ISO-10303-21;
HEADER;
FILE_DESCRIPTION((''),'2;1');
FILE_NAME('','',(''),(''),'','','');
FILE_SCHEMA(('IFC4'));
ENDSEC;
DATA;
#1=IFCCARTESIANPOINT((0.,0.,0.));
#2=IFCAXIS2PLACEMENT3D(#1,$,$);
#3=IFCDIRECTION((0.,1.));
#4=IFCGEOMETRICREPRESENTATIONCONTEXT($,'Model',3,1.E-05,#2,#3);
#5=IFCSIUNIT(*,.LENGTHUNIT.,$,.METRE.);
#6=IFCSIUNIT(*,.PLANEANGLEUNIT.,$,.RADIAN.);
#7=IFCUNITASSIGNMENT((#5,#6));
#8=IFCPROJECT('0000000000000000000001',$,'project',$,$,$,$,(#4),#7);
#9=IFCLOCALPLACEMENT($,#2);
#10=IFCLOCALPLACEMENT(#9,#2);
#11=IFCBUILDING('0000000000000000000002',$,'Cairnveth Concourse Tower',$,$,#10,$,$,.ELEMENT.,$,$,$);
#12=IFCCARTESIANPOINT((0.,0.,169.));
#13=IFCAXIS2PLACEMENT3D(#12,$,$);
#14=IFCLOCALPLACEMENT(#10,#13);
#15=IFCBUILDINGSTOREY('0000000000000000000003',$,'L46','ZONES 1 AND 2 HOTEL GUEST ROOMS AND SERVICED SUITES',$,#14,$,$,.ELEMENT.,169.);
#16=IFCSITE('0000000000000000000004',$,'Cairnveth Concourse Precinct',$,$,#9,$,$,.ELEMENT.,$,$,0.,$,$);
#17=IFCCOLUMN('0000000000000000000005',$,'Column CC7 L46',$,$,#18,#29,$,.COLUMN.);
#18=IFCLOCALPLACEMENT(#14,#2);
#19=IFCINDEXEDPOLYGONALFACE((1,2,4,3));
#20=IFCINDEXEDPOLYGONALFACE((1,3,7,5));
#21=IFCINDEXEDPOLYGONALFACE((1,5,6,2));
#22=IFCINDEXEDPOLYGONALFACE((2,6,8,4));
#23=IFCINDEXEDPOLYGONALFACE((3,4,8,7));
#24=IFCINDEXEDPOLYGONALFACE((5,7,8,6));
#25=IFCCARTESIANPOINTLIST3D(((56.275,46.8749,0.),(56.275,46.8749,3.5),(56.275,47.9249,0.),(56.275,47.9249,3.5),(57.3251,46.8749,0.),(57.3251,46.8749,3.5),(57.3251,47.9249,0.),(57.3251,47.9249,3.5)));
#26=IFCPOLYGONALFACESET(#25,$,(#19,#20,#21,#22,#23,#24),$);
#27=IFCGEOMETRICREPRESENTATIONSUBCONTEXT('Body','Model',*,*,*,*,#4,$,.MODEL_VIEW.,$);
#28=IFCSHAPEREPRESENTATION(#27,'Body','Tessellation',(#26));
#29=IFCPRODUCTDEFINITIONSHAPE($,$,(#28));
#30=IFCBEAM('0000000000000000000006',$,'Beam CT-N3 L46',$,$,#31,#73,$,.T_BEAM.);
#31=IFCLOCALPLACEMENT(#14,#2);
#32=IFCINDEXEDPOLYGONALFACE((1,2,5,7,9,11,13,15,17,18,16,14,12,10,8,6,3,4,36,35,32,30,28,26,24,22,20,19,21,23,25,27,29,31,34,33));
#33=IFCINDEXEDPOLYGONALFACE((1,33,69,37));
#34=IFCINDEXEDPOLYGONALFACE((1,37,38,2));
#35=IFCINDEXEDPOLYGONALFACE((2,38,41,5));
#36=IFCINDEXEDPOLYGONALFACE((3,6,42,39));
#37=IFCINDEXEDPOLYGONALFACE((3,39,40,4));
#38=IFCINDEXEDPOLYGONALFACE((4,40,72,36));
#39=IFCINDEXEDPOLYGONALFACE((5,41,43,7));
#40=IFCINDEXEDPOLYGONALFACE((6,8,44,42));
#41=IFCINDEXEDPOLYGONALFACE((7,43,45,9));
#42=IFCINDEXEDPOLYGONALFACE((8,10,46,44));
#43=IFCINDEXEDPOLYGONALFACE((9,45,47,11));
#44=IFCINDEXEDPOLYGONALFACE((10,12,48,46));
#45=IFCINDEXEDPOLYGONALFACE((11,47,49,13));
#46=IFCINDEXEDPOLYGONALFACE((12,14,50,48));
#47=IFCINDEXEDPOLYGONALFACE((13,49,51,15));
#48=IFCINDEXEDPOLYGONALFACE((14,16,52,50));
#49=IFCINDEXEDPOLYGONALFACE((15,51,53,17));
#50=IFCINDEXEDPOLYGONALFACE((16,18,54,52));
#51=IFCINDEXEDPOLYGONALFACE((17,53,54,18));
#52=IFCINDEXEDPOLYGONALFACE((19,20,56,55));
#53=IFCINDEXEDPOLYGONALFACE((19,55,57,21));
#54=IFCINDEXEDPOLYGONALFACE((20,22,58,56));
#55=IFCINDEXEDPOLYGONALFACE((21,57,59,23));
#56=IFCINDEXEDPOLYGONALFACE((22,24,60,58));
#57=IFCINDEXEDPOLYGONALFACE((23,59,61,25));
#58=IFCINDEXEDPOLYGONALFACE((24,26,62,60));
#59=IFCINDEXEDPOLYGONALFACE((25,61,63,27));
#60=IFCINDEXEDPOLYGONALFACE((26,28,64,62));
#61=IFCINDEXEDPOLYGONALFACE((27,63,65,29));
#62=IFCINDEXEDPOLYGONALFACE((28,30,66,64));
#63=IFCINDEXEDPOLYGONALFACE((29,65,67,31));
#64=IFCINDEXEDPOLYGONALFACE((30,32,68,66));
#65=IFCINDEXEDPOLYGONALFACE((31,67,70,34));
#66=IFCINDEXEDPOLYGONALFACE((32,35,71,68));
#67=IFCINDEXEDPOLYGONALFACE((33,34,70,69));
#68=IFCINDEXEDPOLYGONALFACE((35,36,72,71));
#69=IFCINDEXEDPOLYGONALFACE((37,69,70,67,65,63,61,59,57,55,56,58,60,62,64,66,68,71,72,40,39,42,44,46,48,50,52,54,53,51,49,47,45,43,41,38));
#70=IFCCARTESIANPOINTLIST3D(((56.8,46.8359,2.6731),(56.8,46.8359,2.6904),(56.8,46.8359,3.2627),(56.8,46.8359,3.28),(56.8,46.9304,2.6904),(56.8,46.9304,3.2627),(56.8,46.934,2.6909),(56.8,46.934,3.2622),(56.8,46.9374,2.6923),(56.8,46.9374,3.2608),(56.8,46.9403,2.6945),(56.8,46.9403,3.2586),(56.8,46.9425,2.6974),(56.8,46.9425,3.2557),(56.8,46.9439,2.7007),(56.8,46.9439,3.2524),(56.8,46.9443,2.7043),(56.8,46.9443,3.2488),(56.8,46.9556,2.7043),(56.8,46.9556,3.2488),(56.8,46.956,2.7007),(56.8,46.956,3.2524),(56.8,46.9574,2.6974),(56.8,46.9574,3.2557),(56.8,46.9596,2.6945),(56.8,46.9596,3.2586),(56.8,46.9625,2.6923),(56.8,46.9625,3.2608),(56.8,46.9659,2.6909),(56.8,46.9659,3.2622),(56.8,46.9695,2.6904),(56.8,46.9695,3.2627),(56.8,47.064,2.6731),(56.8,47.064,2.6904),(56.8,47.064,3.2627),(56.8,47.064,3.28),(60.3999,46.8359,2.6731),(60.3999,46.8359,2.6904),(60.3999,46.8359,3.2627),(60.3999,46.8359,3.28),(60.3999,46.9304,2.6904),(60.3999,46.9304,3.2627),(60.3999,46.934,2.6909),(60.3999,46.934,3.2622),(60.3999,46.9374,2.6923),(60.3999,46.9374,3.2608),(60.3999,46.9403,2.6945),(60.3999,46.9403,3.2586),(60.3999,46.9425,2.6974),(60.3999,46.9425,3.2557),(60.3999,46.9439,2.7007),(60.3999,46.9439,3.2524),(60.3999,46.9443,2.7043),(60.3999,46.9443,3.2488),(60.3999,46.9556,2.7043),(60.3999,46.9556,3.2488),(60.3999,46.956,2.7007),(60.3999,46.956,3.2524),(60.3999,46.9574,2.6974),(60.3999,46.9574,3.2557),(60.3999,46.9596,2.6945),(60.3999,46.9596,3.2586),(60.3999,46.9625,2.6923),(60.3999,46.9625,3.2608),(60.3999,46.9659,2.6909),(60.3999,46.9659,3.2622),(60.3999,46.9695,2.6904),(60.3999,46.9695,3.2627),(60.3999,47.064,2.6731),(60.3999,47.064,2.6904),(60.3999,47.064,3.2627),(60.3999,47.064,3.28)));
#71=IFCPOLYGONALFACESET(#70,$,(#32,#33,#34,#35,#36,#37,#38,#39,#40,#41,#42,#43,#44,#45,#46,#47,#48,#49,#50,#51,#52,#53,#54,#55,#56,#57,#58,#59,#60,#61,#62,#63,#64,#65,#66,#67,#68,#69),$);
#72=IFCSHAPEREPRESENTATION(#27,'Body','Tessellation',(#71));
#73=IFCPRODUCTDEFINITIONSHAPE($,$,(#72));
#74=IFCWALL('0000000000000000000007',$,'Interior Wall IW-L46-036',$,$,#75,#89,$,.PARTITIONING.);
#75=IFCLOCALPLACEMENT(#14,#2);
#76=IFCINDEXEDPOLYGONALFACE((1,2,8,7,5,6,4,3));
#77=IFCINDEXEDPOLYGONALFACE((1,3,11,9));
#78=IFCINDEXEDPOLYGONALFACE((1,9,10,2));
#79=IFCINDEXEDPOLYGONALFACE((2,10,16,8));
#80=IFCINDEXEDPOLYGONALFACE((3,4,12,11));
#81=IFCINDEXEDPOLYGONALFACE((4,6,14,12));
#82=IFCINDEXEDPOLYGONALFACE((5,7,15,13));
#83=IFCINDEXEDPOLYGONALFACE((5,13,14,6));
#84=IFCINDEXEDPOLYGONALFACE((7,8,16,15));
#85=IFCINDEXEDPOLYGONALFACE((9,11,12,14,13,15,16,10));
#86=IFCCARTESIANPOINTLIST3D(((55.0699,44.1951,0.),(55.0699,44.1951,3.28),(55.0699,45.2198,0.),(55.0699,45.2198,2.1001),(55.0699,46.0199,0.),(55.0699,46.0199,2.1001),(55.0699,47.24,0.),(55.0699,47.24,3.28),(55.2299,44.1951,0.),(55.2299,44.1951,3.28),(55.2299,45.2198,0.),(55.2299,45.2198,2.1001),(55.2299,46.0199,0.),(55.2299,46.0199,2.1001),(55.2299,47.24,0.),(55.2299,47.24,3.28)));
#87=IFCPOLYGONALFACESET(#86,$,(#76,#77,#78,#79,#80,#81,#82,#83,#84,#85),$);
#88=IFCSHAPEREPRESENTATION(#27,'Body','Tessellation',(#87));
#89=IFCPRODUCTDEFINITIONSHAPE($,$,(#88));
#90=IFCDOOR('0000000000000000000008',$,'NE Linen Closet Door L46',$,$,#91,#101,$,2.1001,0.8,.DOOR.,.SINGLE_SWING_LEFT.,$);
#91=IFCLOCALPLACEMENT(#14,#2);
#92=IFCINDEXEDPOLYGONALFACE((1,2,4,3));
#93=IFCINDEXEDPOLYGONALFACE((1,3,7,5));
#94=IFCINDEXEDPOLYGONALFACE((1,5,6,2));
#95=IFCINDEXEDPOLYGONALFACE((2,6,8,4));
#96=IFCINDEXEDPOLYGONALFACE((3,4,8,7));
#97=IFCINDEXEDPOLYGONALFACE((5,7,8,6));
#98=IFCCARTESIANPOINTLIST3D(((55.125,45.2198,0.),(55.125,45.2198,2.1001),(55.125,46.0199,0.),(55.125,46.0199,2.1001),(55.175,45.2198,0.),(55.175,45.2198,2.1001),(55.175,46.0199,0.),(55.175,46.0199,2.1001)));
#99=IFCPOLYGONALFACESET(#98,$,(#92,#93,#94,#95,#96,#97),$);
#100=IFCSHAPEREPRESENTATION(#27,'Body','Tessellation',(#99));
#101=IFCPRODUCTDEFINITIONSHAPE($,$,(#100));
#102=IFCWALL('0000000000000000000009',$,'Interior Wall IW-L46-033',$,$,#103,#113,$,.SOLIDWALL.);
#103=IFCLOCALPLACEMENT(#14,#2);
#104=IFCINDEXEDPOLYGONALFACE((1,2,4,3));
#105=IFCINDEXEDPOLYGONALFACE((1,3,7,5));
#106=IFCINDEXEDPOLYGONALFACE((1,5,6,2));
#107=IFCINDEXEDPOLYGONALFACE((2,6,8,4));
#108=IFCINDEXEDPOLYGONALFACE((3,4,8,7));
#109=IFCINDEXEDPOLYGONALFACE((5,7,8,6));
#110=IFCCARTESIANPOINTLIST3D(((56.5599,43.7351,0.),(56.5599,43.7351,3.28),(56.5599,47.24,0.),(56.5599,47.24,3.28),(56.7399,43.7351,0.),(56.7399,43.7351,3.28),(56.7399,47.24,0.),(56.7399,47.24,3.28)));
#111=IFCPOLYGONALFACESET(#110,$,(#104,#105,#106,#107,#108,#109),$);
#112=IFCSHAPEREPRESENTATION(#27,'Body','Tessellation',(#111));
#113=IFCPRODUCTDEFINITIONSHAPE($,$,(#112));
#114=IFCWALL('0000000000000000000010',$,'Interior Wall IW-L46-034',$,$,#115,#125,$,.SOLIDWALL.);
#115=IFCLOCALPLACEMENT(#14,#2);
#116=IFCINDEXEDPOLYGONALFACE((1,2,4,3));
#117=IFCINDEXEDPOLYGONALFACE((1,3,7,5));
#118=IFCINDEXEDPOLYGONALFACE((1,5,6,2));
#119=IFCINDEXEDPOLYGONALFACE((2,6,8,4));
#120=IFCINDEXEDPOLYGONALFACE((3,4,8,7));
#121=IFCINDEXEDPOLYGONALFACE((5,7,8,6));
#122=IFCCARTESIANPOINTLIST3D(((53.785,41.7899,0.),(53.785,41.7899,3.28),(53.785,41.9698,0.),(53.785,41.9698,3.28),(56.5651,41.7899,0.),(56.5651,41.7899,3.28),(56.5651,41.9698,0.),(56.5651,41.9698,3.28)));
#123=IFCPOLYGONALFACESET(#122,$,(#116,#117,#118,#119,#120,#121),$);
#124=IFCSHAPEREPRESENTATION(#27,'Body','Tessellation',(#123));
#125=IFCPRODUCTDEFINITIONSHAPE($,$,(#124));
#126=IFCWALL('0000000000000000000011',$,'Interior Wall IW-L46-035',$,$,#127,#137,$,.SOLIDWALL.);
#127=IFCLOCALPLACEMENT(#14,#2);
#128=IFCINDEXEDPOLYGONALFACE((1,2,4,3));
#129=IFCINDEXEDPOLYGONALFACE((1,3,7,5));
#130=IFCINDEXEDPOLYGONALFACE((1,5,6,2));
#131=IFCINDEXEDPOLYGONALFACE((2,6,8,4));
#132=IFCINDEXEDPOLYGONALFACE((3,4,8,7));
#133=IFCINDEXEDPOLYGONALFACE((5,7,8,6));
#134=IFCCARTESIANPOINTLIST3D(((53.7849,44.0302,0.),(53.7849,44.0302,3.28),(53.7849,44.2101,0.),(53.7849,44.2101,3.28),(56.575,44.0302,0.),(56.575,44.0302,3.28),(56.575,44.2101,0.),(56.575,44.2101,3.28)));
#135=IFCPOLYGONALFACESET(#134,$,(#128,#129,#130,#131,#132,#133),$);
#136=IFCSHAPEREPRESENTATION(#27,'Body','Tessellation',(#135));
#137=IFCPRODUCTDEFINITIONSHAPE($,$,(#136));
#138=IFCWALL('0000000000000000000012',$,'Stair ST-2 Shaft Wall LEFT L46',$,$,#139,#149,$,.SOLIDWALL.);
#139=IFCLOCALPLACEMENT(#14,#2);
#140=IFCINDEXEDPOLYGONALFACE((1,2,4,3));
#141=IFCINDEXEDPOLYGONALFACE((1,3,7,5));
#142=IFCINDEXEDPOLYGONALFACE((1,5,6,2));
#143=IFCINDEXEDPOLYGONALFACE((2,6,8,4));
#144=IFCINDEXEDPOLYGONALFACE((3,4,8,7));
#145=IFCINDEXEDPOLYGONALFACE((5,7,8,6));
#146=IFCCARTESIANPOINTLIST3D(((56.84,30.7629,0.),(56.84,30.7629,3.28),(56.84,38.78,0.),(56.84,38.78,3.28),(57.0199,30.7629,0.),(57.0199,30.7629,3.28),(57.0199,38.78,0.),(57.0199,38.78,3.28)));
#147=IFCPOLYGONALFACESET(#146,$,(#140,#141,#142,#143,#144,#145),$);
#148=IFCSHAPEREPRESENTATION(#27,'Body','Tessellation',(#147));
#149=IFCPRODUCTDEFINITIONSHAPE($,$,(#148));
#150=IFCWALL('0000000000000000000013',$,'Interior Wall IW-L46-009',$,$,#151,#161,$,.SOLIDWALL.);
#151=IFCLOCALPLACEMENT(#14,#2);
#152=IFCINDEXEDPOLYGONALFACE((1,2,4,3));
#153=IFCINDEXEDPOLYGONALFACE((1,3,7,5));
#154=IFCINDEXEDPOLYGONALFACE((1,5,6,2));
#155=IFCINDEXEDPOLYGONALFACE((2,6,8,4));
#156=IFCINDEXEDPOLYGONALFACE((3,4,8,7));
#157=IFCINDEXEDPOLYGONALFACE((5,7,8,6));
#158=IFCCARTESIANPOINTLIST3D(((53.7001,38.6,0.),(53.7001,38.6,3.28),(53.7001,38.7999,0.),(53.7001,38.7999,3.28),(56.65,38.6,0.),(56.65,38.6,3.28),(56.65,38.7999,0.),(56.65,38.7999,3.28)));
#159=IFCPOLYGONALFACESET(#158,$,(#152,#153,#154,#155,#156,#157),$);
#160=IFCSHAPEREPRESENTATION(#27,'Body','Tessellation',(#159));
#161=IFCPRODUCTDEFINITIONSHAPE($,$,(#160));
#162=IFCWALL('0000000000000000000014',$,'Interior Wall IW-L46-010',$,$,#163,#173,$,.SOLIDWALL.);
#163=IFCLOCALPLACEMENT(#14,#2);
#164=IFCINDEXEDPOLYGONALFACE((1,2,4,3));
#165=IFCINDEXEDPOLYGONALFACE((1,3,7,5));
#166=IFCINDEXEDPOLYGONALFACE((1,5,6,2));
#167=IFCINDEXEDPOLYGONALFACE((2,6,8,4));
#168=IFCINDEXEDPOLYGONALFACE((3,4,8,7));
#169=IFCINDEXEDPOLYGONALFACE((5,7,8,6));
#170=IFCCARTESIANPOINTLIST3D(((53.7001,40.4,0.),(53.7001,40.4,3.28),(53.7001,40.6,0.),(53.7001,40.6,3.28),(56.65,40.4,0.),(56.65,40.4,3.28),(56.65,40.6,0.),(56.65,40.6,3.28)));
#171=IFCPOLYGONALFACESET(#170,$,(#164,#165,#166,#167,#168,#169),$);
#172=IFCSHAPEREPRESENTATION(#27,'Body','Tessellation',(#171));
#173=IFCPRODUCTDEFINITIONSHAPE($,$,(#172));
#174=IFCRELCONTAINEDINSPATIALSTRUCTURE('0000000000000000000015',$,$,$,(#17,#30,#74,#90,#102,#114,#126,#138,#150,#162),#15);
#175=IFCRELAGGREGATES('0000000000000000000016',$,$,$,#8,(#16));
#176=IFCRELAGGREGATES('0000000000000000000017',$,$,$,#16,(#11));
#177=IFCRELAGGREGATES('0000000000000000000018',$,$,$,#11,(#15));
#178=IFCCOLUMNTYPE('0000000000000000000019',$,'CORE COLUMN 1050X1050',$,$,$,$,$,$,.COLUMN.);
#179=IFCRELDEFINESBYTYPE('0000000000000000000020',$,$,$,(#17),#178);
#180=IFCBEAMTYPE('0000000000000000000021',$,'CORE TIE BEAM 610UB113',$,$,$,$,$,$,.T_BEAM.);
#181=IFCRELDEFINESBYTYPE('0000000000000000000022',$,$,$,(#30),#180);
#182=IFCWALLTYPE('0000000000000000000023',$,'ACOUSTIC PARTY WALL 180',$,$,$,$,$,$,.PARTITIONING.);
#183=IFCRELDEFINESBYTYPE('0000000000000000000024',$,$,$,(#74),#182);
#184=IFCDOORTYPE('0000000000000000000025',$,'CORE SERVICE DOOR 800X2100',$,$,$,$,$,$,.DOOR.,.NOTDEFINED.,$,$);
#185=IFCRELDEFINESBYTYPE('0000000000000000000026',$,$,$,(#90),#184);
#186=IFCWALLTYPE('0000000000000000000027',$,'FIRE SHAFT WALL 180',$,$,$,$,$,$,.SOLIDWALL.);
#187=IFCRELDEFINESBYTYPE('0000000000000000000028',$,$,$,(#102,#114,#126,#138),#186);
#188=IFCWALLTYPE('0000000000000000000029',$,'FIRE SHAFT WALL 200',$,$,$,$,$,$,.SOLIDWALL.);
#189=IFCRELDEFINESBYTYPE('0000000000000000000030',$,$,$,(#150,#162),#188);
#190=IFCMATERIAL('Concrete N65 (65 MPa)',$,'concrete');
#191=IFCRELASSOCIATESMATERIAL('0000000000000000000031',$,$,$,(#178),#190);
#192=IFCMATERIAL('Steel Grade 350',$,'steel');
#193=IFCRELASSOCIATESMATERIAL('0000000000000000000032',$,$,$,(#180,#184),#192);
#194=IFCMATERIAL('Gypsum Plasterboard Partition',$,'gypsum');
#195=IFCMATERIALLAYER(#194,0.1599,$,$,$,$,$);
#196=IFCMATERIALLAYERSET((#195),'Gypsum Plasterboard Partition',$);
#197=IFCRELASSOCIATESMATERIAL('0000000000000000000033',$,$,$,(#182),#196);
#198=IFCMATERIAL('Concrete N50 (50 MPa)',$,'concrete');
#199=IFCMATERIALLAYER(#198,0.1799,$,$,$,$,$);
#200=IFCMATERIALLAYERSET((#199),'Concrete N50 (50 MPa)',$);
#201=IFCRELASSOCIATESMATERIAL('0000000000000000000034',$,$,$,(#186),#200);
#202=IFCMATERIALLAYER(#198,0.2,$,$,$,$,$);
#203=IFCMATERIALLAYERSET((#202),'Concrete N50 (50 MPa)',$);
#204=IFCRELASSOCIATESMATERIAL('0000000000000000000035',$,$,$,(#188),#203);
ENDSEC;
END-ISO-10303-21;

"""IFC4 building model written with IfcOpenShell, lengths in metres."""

from ifc_helpers import new_model, si_unit, direction, frame, frame_2d, origin, origin_2d, place, context, subcontext, project, spatial, rectangle, i_section, extrude, material, layer, layer_set, material_profile, profile_set, type_object, element, fill, save


model = new_model("IFC4")

# Units and contexts
model_context = context("Model", 3, precision=1e-05, world=origin(), true_north=direction((0.0, 1.0)))
body_context = subcontext(model_context, "Body", "Model", "MODEL_VIEW")
ifc_project = project(units=[si_unit("LENGTHUNIT", "METRE"), si_unit("PLANEANGLEUNIT", "RADIAN")], contexts=[model_context])

# Site, building, storey
site_placement = place(None, origin())
site = spatial("IfcSite", under=ifc_project, at=site_placement, Name="Cairnveth Concourse Precinct", CompositionType="ELEMENT", RefElevation=0.0)
building_placement = place(site_placement, origin())
building = spatial("IfcBuilding", under=site, at=building_placement, Name="Cairnveth Concourse Tower", CompositionType="ELEMENT")
storey_placement = place(building_placement, frame((0.0, 0.0, 169.0)))
storey = spatial("IfcBuildingStorey", under=building, at=storey_placement, Name="L46", Description="ZONES 1 AND 2 HOTEL GUEST ROOMS AND SERVICED SUITES", CompositionType="ELEMENT", Elevation=169.0)

# Column
ifc_material_1 = material(Name="Concrete N65 (65 MPa)", Category="concrete")
ifc_material_profile_1 = material_profile(ifc_material_1, rectangle(XDim=1.05, YDim=1.05, at=origin_2d()), Name="RC-COL-1050x1050")
ifc_profile_set_1 = profile_set([ifc_material_profile_1], Name="Concrete N65 (65 MPa)")
column_type = type_object("IfcColumnType", Name="CORE COLUMN 1050X1050", PredefinedType="COLUMN", material=ifc_profile_set_1)
column_placement = place(storey_placement, frame((56.8, 47.3999, 0.0), z_axis=(0.0, 0.0, 1.0), x_axis=(1.0, 0.0, 0.0)))
element("IfcColumn", 1, at=column_placement, inside=storey, type_object=column_type, Name="Column CC7 L46", PredefinedType="COLUMN", context=body_context, shape_type="SweptSolid", body=[
    extrude(rectangle(XDim=1.05, YDim=1.05, at=origin_2d()), origin(), (0.0, 0.0, 1.0), 3.5),
])

# Beam
ifc_material_2 = material(Name="Steel Grade 350", Category="steel")
ifc_material_profile_2 = material_profile(ifc_material_2, i_section(OverallWidth=0.228, OverallDepth=0.6069, WebThickness=0.0112, FlangeThickness=0.0173, FilletRadius=0.0139, at=origin_2d()), Name="610UB113")
ifc_profile_set_2 = profile_set([ifc_material_profile_2], Name="Steel Grade 350")
beam_type = type_object("IfcBeamType", Name="CORE TIE BEAM 610UB113", PredefinedType="T_BEAM", material=ifc_profile_set_2)
beam_placement = place(storey_placement, frame((56.8, 46.95, 2.9766), z_axis=(1.0, 0.0, 0.0), x_axis=(0.0, 1.0, 0.0)))
element("IfcBeam", 2, at=beam_placement, inside=storey, type_object=beam_type, Name="Beam CT-N3 L46", PredefinedType="T_BEAM", context=body_context, shape_type="SweptSolid", body=[
    extrude(i_section(OverallWidth=0.228, OverallDepth=0.6069, WebThickness=0.0112, FlangeThickness=0.0173, FilletRadius=0.0139, at=origin_2d()), origin(), (0.0, 0.0, 1.0), 3.5999),
])

# Wall, opening, door
ifc_material_3 = material(Name="Gypsum Plasterboard Partition", Category="gypsum")
ifc_layer_1 = layer(ifc_material_3, 0.1599)
ifc_layer_set_1 = layer_set([ifc_layer_1], Name="Gypsum Plasterboard Partition")
wall_type_1 = type_object("IfcWallType", Name="ACOUSTIC PARTY WALL 180", PredefinedType="PARTITIONING", material=ifc_layer_set_1)
wall_1_placement = place(storey_placement, frame((55.1499, 44.1951, 0.0), z_axis=(0.0, 0.0, 1.0), x_axis=(0.0, 1.0, 0.0)))
wall_1 = element("IfcWall", 3, at=wall_1_placement, inside=storey, type_object=wall_type_1, Name="Interior Wall IW-L46-036", PredefinedType="PARTITIONING", context=body_context, shape_type="SweptSolid", body=[
    extrude(rectangle(XDim=3.0449, YDim=0.1599, at=frame_2d((1.5225, 0.0))), origin(), (0.0, 0.0, 1.0), 3.28),
])
opening_1_placement = place(wall_1_placement, frame((1.0249, 0.0, 0.0)))
opening_1 = element("IfcOpeningElement", 4, at=opening_1_placement, cuts=wall_1, PredefinedType="OPENING", context=body_context, shape_type="SweptSolid", body=[
    extrude(rectangle(XDim=0.8, YDim=2.1001, at=frame_2d((0.3999, 1.05))), frame((0.0, 0.0898, 0.0), z_axis=(0.0, -1.0, 0.0), x_axis=(1.0, 0.0, 0.0)), (0.0, 0.0, 1.0), 0.1799),
])
door_type_1 = type_object("IfcDoorType", Name="CORE SERVICE DOOR 800X2100", OperationType="NOTDEFINED", PredefinedType="DOOR", material=ifc_material_2)
door_1_placement = place(opening_1_placement, origin())
door_1 = element("IfcDoor", 5, at=door_1_placement, inside=storey, type_object=door_type_1, Name="NE Linen Closet Door L46", OperationType="SINGLE_SWING_LEFT", OverallHeight=2.1001, OverallWidth=0.8, PredefinedType="DOOR", context=body_context, shape_type="SweptSolid", body=[
    extrude(rectangle(XDim=0.8, YDim=2.1001, at=frame_2d((0.3999, 1.05))), frame((0.0, 0.0249, 0.0), z_axis=(0.0, -1.0, 0.0), x_axis=(1.0, 0.0, 0.0)), (0.0, 0.0, 1.0), 0.05),
])
fill(opening_1, door_1)

# Walls
ifc_material_4 = material(Name="Concrete N50 (50 MPa)", Category="concrete")
ifc_layer_2 = layer(ifc_material_4, 0.1799)
ifc_layer_set_2 = layer_set([ifc_layer_2], Name="Concrete N50 (50 MPa)")
wall_type_2 = type_object("IfcWallType", Name="FIRE SHAFT WALL 180", PredefinedType="SOLIDWALL", material=ifc_layer_set_2)
wall_2_placement = place(storey_placement, frame((56.6499, 43.7351, 0.0), z_axis=(0.0, 0.0, 1.0), x_axis=(0.0, 1.0, 0.0)))
element("IfcWall", 6, at=wall_2_placement, inside=storey, type_object=wall_type_2, Name="Interior Wall IW-L46-033", PredefinedType="SOLIDWALL", context=body_context, shape_type="SweptSolid", body=[
    extrude(rectangle(XDim=3.5049, YDim=0.1799, at=frame_2d((1.7524, 0.0))), origin(), (0.0, 0.0, 1.0), 3.28),
])
wall_3_placement = place(storey_placement, frame((53.7849, 41.8799, 0.0), z_axis=(0.0, 0.0, 1.0), x_axis=(1.0, 0.0, 0.0)))
element("IfcWall", 7, at=wall_3_placement, inside=storey, type_object=wall_type_2, Name="Interior Wall IW-L46-034", PredefinedType="SOLIDWALL", context=body_context, shape_type="SweptSolid", body=[
    extrude(rectangle(XDim=2.78, YDim=0.1799, at=frame_2d((1.3901, 0.0))), origin(), (0.0, 0.0, 1.0), 3.28),
])
wall_4_placement = place(storey_placement, frame((53.7849, 44.1201, 0.0), z_axis=(0.0, 0.0, 1.0), x_axis=(1.0, 0.0, 0.0)))
element("IfcWall", 8, at=wall_4_placement, inside=storey, type_object=wall_type_2, Name="Interior Wall IW-L46-035", PredefinedType="SOLIDWALL", context=body_context, shape_type="SweptSolid", body=[
    extrude(rectangle(XDim=2.79, YDim=0.1799, at=frame_2d((1.395, 0.0))), origin(), (0.0, 0.0, 1.0), 3.28),
])

# Walls
wall_5_placement = place(storey_placement, frame((56.9299, 38.78, 0.0), z_axis=(0.0, 0.0, 1.0), x_axis=(0.0, -1.0, 0.0)))
element("IfcWall", 9, at=wall_5_placement, inside=storey, type_object=wall_type_2, Name="Stair ST-2 Shaft Wall LEFT L46", PredefinedType="SOLIDWALL", context=body_context, shape_type="SweptSolid", body=[
    extrude(rectangle(XDim=8.0171, YDim=0.1799, at=frame_2d((4.0085, 0.0))), origin(), (0.0, 0.0, 1.0), 3.28),
])
ifc_layer_3 = layer(ifc_material_4, 0.2)
ifc_layer_set_3 = layer_set([ifc_layer_3], Name="Concrete N50 (50 MPa)")
wall_type_3 = type_object("IfcWallType", Name="FIRE SHAFT WALL 200", PredefinedType="SOLIDWALL", material=ifc_layer_set_3)
for number, where, z_axis, x_axis, name in (
    (10, (53.7, 38.7, 0.0), (0.0, 0.0, 1.0), (1.0, 0.0, 0.0), "Interior Wall IW-L46-009"),
    (11, (53.7, 40.5, 0.0), (0.0, 0.0, 1.0), (1.0, 0.0, 0.0), "Interior Wall IW-L46-010"),
):
    element("IfcWall", number, at=place(storey_placement, frame(where, z_axis=z_axis, x_axis=x_axis)), inside=storey, type_object=wall_type_3, Name=name, PredefinedType="SOLIDWALL", context=body_context, shape_type="SweptSolid", body=[
        extrude(rectangle(XDim=2.95, YDim=0.2, at=frame_2d((1.4751, 0.0))), origin(), (0.0, 0.0, 1.0), 3.28),
    ])

save(model, "model.ifc")
